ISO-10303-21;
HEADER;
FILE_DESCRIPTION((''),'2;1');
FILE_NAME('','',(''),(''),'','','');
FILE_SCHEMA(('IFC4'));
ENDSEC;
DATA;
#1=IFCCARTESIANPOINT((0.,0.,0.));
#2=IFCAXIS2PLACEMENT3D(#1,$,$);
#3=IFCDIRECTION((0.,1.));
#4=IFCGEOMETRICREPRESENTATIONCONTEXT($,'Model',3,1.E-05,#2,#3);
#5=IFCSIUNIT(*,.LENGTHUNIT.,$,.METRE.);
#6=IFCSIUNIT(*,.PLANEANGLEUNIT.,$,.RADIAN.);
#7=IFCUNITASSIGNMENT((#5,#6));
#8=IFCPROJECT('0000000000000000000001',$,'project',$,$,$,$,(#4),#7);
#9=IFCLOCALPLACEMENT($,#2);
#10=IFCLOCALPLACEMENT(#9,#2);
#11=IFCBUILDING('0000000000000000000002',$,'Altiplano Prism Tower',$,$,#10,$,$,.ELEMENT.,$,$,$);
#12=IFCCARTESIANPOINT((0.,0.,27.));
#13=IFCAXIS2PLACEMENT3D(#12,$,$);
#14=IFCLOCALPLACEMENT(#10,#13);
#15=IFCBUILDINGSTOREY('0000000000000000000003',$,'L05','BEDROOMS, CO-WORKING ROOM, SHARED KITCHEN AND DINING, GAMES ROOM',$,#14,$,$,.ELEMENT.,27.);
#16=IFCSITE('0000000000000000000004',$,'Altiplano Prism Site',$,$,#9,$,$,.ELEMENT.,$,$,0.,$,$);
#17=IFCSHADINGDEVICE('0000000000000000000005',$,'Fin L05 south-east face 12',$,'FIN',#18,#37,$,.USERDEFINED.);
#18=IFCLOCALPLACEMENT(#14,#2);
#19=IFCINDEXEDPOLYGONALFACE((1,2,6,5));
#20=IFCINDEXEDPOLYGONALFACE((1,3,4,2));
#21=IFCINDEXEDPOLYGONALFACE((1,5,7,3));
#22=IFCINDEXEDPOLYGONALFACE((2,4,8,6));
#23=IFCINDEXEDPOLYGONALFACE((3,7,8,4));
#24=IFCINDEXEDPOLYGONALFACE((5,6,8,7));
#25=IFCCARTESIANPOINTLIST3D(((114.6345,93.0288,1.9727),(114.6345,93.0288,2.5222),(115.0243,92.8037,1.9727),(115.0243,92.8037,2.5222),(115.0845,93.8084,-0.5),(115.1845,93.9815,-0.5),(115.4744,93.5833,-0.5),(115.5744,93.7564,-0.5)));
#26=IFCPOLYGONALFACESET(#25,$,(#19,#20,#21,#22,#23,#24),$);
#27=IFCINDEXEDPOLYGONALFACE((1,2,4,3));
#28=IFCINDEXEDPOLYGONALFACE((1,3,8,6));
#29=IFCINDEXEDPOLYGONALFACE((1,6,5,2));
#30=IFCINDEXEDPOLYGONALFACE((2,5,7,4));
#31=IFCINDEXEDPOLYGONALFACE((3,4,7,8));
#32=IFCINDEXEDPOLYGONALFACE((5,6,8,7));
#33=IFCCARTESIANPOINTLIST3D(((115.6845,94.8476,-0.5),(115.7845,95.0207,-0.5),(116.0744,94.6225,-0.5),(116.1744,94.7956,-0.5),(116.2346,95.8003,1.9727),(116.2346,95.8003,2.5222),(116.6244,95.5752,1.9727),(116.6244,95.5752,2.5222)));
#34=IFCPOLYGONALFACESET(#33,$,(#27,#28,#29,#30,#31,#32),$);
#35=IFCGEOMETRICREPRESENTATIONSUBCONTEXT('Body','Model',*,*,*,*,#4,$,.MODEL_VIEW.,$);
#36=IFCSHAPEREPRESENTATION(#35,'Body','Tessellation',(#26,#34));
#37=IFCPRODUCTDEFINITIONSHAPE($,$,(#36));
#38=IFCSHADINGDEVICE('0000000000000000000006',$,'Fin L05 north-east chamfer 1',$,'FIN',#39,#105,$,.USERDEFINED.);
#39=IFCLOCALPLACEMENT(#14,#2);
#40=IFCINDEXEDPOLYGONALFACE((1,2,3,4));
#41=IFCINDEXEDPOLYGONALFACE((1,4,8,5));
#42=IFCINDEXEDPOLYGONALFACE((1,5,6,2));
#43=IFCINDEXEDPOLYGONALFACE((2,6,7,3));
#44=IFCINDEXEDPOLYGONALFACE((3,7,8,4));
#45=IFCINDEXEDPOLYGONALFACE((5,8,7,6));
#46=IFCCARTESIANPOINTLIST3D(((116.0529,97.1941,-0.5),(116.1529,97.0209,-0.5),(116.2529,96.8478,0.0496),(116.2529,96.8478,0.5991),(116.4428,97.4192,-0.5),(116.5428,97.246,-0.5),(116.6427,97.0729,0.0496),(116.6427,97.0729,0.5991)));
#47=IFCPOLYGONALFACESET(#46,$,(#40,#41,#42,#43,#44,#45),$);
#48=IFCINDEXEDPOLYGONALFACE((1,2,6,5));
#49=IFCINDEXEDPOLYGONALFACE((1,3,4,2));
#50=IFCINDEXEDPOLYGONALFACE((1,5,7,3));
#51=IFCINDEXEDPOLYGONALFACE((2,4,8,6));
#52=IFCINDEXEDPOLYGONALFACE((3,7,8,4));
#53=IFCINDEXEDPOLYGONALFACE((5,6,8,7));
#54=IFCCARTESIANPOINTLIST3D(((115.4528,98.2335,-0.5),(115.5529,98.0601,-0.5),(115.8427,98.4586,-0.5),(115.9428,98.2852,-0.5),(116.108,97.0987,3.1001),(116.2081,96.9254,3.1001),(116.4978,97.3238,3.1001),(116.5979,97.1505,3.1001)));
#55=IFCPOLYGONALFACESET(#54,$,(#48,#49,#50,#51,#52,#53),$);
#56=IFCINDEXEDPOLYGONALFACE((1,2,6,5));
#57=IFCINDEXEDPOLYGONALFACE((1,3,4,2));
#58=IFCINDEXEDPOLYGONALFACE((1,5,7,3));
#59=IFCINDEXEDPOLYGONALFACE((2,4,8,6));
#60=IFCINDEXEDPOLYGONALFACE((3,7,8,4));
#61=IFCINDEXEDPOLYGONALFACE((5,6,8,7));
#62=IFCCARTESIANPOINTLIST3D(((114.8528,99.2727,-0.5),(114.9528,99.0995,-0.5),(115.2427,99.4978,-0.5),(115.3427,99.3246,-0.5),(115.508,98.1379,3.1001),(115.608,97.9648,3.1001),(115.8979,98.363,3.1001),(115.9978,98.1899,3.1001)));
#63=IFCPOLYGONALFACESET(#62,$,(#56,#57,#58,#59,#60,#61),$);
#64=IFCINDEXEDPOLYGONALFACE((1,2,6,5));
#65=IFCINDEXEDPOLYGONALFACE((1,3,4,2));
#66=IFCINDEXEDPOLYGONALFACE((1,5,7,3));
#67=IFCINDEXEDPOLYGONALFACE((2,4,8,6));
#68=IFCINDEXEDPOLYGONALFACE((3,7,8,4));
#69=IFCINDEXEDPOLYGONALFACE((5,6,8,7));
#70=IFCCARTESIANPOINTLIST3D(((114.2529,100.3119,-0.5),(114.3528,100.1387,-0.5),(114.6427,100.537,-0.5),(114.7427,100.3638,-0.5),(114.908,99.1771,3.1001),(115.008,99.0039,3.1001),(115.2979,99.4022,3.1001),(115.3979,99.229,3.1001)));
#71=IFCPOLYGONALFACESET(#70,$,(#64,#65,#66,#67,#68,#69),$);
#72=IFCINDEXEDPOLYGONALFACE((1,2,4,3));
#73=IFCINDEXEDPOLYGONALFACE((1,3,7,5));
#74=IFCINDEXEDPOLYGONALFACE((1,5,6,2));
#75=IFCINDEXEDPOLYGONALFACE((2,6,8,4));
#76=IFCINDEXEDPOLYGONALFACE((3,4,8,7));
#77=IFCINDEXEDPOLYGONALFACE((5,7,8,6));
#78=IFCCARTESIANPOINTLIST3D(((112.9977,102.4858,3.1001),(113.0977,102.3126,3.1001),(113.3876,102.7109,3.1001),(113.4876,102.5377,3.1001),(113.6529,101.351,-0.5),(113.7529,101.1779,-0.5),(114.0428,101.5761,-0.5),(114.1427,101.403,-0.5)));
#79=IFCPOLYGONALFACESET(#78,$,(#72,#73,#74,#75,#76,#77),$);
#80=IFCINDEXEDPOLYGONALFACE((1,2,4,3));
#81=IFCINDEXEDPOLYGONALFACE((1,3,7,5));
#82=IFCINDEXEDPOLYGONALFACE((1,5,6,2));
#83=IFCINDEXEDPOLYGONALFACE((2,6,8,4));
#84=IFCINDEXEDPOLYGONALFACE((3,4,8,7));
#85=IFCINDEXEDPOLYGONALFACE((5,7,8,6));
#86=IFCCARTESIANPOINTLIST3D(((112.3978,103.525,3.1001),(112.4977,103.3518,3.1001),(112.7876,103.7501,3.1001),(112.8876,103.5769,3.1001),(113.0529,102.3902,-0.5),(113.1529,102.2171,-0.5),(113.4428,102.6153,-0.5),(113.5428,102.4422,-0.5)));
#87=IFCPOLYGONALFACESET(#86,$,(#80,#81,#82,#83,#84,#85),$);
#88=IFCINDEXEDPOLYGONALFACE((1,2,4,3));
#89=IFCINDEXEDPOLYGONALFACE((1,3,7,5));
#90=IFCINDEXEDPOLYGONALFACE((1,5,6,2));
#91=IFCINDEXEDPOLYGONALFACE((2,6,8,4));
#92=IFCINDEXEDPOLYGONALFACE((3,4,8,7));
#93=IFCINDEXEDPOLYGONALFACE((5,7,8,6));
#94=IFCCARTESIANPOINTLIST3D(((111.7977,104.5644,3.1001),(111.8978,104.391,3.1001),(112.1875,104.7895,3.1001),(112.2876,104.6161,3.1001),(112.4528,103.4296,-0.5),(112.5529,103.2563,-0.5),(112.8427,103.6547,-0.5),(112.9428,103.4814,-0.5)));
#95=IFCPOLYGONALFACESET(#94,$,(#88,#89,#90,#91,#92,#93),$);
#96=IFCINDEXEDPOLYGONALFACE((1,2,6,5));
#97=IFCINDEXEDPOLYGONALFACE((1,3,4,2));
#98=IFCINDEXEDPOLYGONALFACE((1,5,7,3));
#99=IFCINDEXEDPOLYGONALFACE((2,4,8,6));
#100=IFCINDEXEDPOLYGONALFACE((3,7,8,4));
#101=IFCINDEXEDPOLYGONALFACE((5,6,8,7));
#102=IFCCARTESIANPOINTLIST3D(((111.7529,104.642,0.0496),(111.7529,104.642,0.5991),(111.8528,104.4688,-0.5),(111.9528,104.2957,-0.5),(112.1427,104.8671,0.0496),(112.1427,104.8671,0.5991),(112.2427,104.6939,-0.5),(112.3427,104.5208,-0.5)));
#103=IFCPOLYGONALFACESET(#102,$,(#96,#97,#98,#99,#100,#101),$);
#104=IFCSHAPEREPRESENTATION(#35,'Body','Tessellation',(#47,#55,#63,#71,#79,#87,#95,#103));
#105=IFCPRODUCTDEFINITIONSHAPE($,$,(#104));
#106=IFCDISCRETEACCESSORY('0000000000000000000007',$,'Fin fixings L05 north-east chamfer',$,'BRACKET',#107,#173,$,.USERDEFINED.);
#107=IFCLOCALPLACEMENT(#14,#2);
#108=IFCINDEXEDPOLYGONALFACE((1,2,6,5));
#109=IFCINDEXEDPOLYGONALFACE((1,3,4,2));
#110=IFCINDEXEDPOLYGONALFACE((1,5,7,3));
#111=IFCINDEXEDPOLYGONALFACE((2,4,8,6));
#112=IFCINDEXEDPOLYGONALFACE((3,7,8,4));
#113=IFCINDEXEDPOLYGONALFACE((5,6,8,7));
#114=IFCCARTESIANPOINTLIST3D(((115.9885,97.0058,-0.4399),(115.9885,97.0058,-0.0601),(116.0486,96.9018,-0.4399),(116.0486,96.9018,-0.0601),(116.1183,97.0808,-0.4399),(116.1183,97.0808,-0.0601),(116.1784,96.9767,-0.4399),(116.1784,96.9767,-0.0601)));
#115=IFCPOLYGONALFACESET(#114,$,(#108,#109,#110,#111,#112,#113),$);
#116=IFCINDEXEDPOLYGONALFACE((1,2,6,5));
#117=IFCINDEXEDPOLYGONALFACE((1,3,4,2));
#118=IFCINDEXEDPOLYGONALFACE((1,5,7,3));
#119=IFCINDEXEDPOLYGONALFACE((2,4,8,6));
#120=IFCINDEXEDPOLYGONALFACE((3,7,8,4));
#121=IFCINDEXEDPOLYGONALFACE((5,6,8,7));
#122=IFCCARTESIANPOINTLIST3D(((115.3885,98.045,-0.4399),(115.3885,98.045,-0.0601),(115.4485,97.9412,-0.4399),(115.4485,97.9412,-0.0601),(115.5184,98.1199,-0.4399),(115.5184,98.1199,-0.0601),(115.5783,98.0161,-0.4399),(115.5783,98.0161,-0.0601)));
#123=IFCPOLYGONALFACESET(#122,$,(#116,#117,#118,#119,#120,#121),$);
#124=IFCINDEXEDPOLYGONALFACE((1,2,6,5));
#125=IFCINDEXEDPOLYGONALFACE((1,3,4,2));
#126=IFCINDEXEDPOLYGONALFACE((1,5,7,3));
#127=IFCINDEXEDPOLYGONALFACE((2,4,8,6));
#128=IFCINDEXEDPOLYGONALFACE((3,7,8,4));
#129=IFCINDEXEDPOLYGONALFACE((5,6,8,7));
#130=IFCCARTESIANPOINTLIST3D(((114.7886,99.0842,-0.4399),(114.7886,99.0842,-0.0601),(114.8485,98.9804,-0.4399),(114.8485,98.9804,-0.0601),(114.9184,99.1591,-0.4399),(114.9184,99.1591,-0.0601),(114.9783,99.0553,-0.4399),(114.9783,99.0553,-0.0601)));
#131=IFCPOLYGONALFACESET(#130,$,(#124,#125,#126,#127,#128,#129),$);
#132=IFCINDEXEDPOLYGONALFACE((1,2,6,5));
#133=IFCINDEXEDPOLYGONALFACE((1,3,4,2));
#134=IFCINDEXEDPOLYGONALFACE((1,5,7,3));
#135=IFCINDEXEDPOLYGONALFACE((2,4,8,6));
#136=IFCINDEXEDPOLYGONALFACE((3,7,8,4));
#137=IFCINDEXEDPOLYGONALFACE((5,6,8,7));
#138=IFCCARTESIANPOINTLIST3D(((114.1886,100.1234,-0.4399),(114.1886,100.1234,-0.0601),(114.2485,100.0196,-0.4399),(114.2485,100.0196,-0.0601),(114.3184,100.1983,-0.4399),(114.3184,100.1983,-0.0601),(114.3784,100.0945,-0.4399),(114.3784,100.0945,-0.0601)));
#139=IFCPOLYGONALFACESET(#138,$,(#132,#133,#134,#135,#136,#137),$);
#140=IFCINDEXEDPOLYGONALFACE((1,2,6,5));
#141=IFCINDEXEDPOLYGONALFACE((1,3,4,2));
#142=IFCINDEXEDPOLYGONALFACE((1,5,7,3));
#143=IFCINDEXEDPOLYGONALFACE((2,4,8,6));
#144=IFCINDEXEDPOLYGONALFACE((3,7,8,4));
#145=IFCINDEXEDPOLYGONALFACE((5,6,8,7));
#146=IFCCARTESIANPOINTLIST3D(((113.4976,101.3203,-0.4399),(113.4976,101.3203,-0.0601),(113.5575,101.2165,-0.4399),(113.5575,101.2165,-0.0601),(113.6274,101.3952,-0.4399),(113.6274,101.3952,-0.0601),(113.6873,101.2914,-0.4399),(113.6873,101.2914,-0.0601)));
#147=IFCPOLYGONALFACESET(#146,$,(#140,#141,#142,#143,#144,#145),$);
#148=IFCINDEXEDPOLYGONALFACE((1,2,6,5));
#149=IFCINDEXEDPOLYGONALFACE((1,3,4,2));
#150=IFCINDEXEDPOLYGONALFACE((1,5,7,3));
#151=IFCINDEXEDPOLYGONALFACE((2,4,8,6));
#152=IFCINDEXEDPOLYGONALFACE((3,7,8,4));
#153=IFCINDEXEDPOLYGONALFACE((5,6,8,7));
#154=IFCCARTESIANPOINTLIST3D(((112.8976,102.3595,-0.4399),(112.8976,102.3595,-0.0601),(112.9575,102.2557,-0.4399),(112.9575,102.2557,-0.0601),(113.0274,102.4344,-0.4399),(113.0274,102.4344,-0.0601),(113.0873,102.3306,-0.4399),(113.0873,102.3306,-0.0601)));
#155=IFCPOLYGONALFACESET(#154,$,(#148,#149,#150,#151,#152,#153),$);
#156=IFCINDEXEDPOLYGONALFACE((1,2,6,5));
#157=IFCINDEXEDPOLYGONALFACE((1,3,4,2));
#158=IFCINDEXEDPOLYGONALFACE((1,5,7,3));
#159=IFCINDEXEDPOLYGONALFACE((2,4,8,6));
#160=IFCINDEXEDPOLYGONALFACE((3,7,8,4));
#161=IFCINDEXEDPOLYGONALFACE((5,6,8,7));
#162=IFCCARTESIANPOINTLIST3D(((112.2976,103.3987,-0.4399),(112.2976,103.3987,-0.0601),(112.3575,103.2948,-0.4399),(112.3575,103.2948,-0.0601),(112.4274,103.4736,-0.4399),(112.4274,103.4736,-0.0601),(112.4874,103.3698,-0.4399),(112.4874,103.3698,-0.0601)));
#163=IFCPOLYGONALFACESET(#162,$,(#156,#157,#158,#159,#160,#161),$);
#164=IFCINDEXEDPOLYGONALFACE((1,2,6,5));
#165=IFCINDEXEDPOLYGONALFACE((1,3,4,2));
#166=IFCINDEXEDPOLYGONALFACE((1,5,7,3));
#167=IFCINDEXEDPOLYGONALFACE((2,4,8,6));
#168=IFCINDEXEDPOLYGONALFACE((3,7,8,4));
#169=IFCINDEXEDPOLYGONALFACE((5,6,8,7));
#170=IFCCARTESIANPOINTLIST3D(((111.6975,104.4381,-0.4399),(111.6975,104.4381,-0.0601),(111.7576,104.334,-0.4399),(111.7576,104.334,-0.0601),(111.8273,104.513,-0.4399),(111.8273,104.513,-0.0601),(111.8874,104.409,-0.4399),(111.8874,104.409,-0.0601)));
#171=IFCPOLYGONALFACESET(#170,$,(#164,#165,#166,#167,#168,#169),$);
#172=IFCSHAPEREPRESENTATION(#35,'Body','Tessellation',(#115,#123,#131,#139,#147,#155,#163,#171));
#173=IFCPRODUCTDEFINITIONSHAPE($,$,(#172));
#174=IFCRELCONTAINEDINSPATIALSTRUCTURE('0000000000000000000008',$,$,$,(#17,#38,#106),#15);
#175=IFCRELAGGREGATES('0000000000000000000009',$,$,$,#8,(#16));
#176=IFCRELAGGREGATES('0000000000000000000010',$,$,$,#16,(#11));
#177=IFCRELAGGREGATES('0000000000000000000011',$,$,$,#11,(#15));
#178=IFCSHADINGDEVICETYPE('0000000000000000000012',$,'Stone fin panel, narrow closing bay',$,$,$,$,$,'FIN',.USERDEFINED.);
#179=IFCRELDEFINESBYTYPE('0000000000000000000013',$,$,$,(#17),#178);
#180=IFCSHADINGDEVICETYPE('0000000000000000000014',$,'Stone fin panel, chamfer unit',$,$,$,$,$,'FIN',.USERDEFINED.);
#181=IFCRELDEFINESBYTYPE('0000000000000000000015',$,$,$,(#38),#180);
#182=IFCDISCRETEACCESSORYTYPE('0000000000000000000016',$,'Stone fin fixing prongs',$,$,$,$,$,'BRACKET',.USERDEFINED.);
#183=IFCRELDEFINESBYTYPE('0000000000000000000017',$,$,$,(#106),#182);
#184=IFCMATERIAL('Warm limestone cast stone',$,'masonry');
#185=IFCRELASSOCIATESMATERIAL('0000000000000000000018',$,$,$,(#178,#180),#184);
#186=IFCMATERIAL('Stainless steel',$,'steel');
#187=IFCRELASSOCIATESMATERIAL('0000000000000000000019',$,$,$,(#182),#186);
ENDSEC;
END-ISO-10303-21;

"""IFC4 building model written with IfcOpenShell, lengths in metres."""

from ifc_helpers import new_model, si_unit, direction, frame, origin, place, context, subcontext, project, spatial, polyline, outline, extrude, source, transform, mapped, material, type_object, element, save


model = new_model("IFC4")

# Units and contexts
model_context = context("Model", 3, precision=1e-05, world=origin(), true_north=direction((0.0, 1.0)))
body_context = subcontext(model_context, "Body", "Model", "MODEL_VIEW")
ifc_project = project(units=[si_unit("LENGTHUNIT", "METRE"), si_unit("PLANEANGLEUNIT", "RADIAN")], contexts=[model_context])

# Site, building, storey
site_placement = place(None, origin())
site = spatial("IfcSite", under=ifc_project, at=site_placement, Name="Altiplano Prism Site", CompositionType="ELEMENT", RefElevation=0.0)
building_placement = place(site_placement, origin())
building = spatial("IfcBuilding", under=site, at=building_placement, Name="Altiplano Prism Tower", CompositionType="ELEMENT")
storey_placement = place(building_placement, frame((0.0, 0.0, 27.0)))
storey = spatial("IfcBuildingStorey", under=building, at=storey_placement, Name="L05", Description="BEDROOMS, CO-WORKING ROOM, SHARED KITCHEN AND DINING, GAMES ROOM", CompositionType="ELEMENT", Elevation=27.0)

# Shading devices
ifc_material_1 = material(Name="Warm limestone cast stone", Category="masonry")
shading_device_type_1 = type_object("IfcShadingDeviceType", Name="Stone fin panel, narrow closing bay", ElementType="FIN", PredefinedType="USERDEFINED", material=ifc_material_1)
shared_shape_1 = source(origin(), body_context, "Body", "SweptSolid", [
    extrude(outline(polyline([(-1.6001, 3.0222), (-1.6001, 2.4727), (-0.7, 0.0), (-0.5, 0.0), (-1.6001, 3.0222)])), frame((0.0, -0.1499, 0.0), z_axis=(0.0, -1.0, 0.0), x_axis=(1.0, 0.0, 0.0)), (0.0, 0.0, 1.0), 0.4502),
    extrude(outline(polyline([(1.6001, 2.4727), (1.6001, 3.0222), (0.5, 0.0), (0.7, 0.0), (1.6001, 2.4727)])), frame((0.0, -0.1499, 0.0), z_axis=(0.0, -1.0, 0.0), x_axis=(1.0, 0.0, 0.0)), (0.0, 0.0, 1.0), 0.4502),
])
shading_device_1_placement = place(storey_placement, origin())
element("IfcShadingDevice", 1, at=shading_device_1_placement, inside=storey, type_object=shading_device_type_1, Name="Fin L05 south-east face 12", ObjectType="FIN", PredefinedType="USERDEFINED", context=body_context, shape_type="MappedRepresentation", body=[
    mapped(shared_shape_1, transform((115.3047, 94.4895, -0.5), x_axis=(0.5, 0.866025, 0.0), y_axis=(-0.866025, 0.5, 0.0), z_axis=(0.0, 0.0, 1.0))),
])
shading_device_type_2 = type_object("IfcShadingDeviceType", Name="Stone fin panel, chamfer unit", ElementType="FIN", PredefinedType="USERDEFINED", material=ifc_material_1)
shared_shape_2 = source(origin(), body_context, "Body", "SweptSolid", [
    extrude(outline(polyline([(-4.5, 1.0991), (-4.5, 0.5496), (-4.3, 0.0), (-4.1001, 0.0), (-4.5, 1.0991)])), frame((0.0, -0.1499, 0.0), z_axis=(0.0, -1.0, 0.0), x_axis=(1.0, 0.0, 0.0)), (0.0, 0.0, 1.0), 0.4502),
    extrude(outline(polyline([(-4.4104, 3.6001), (-3.1001, 0.0), (-2.8999, 0.0), (-4.2102, 3.6001), (-4.4104, 3.6001)])), frame((0.0, -0.1499, 0.0), z_axis=(0.0, -1.0, 0.0), x_axis=(1.0, 0.0, 0.0)), (0.0, 0.0, 1.0), 0.4502),
    extrude(outline(polyline([(-3.2102, 3.6001), (-1.8999, 0.0), (-1.7, 0.0), (-3.0103, 3.6001), (-3.2102, 3.6001)])), frame((0.0, -0.1499, 0.0), z_axis=(0.0, -1.0, 0.0), x_axis=(1.0, 0.0, 0.0)), (0.0, 0.0, 1.0), 0.4502),
    extrude(outline(polyline([(-2.0103, 3.6001), (-0.7, 0.0), (-0.5, 0.0), (-1.8103, 3.6001), (-2.0103, 3.6001)])), frame((0.0, -0.1499, 0.0), z_axis=(0.0, -1.0, 0.0), x_axis=(1.0, 0.0, 0.0)), (0.0, 0.0, 1.0), 0.4502),
    extrude(outline(polyline([(1.8103, 3.6001), (0.5, 0.0), (0.7, 0.0), (2.0103, 3.6001), (1.8103, 3.6001)])), frame((0.0, -0.1499, 0.0), z_axis=(0.0, -1.0, 0.0), x_axis=(1.0, 0.0, 0.0)), (0.0, 0.0, 1.0), 0.4502),
    extrude(outline(polyline([(3.0103, 3.6001), (1.7, 0.0), (1.8999, 0.0), (3.2102, 3.6001), (3.0103, 3.6001)])), frame((0.0, -0.1499, 0.0), z_axis=(0.0, -1.0, 0.0), x_axis=(1.0, 0.0, 0.0)), (0.0, 0.0, 1.0), 0.4502),
    extrude(outline(polyline([(4.2102, 3.6001), (2.8999, 0.0), (3.1001, 0.0), (4.4104, 3.6001), (4.2102, 3.6001)])), frame((0.0, -0.1499, 0.0), z_axis=(0.0, -1.0, 0.0), x_axis=(1.0, 0.0, 0.0)), (0.0, 0.0, 1.0), 0.4502),
    extrude(outline(polyline([(4.5, 0.5496), (4.5, 1.0991), (4.1001, 0.0), (4.3, 0.0), (4.5, 0.5496)])), frame((0.0, -0.1499, 0.0), z_axis=(0.0, -1.0, 0.0), x_axis=(1.0, 0.0, 0.0)), (0.0, 0.0, 1.0), 0.4502),
])
shading_device_2_placement = place(storey_placement, origin())
element("IfcShadingDevice", 2, at=shading_device_2_placement, inside=storey, type_object=shading_device_type_2, Name="Fin L05 north-east chamfer 1", ObjectType="FIN", PredefinedType="USERDEFINED", context=body_context, shape_type="MappedRepresentation", body=[
    mapped(shared_shape_2, transform((113.873, 100.6699, -0.5), x_axis=(-0.5, 0.866025, 0.0), y_axis=(-0.866025, -0.5, 0.0), z_axis=(0.0, 0.0, 1.0))),
])

# Discrete accessory
ifc_material_2 = material(Name="Stainless steel", Category="steel")
discrete_accessory_type = type_object("IfcDiscreteAccessoryType", Name="Stone fin fixing prongs", ElementType="BRACKET", PredefinedType="USERDEFINED", material=ifc_material_2)
shared_shape_3 = source(origin(), body_context, "Body", "SweptSolid", [
    extrude(outline(polyline([(-4.3511, 0.0601), (-4.231, 0.0601), (-4.231, 0.4399), (-4.3511, 0.4399), (-4.3511, 0.0601)])), frame((0.0, 0.0, 0.0), z_axis=(0.0, -1.0, 0.0), x_axis=(1.0, 0.0, 0.0)), (0.0, 0.0, 1.0), 0.1499),
    extrude(outline(polyline([(-3.1509, 0.0601), (-3.031, 0.0601), (-3.031, 0.4399), (-3.1509, 0.4399), (-3.1509, 0.0601)])), frame((0.0, 0.0, 0.0), z_axis=(0.0, -1.0, 0.0), x_axis=(1.0, 0.0, 0.0)), (0.0, 0.0, 1.0), 0.1499),
    extrude(outline(polyline([(-1.9509, 0.0601), (-1.8311, 0.0601), (-1.8311, 0.4399), (-1.9509, 0.4399), (-1.9509, 0.0601)])), frame((0.0, 0.0, 0.0), z_axis=(0.0, -1.0, 0.0), x_axis=(1.0, 0.0, 0.0)), (0.0, 0.0, 1.0), 0.1499),
    extrude(outline(polyline([(-0.751, 0.0601), (-0.6311, 0.0601), (-0.6311, 0.4399), (-0.751, 0.4399), (-0.751, 0.0601)])), frame((0.0, 0.0, 0.0), z_axis=(0.0, -1.0, 0.0), x_axis=(1.0, 0.0, 0.0)), (0.0, 0.0, 1.0), 0.1499),
    extrude(outline(polyline([(0.6311, 0.0601), (0.751, 0.0601), (0.751, 0.4399), (0.6311, 0.4399), (0.6311, 0.0601)])), frame((0.0, 0.0, 0.0), z_axis=(0.0, -1.0, 0.0), x_axis=(1.0, 0.0, 0.0)), (0.0, 0.0, 1.0), 0.1499),
    extrude(outline(polyline([(1.8311, 0.0601), (1.9509, 0.0601), (1.9509, 0.4399), (1.8311, 0.4399), (1.8311, 0.0601)])), frame((0.0, 0.0, 0.0), z_axis=(0.0, -1.0, 0.0), x_axis=(1.0, 0.0, 0.0)), (0.0, 0.0, 1.0), 0.1499),
    extrude(outline(polyline([(3.031, 0.0601), (3.1509, 0.0601), (3.1509, 0.4399), (3.031, 0.4399), (3.031, 0.0601)])), frame((0.0, 0.0, 0.0), z_axis=(0.0, -1.0, 0.0), x_axis=(1.0, 0.0, 0.0)), (0.0, 0.0, 1.0), 0.1499),
    extrude(outline(polyline([(4.231, 0.0601), (4.3511, 0.0601), (4.3511, 0.4399), (4.231, 0.4399), (4.231, 0.0601)])), frame((0.0, 0.0, 0.0), z_axis=(0.0, -1.0, 0.0), x_axis=(1.0, 0.0, 0.0)), (0.0, 0.0, 1.0), 0.1499),
])
discrete_accessory_1_placement = place(storey_placement, origin())
element("IfcDiscreteAccessory", 3, at=discrete_accessory_1_placement, inside=storey, type_object=discrete_accessory_type, Name="Fin fixings L05 north-east chamfer", ObjectType="BRACKET", PredefinedType="USERDEFINED", context=body_context, shape_type="MappedRepresentation", body=[
    mapped(shared_shape_3, transform((113.873, 100.6699, -0.5), x_axis=(-0.5, 0.866025, 0.0), y_axis=(-0.866025, -0.5, 0.0), z_axis=(0.0, 0.0, 1.0))),
])

save(model, "model.ifc")
